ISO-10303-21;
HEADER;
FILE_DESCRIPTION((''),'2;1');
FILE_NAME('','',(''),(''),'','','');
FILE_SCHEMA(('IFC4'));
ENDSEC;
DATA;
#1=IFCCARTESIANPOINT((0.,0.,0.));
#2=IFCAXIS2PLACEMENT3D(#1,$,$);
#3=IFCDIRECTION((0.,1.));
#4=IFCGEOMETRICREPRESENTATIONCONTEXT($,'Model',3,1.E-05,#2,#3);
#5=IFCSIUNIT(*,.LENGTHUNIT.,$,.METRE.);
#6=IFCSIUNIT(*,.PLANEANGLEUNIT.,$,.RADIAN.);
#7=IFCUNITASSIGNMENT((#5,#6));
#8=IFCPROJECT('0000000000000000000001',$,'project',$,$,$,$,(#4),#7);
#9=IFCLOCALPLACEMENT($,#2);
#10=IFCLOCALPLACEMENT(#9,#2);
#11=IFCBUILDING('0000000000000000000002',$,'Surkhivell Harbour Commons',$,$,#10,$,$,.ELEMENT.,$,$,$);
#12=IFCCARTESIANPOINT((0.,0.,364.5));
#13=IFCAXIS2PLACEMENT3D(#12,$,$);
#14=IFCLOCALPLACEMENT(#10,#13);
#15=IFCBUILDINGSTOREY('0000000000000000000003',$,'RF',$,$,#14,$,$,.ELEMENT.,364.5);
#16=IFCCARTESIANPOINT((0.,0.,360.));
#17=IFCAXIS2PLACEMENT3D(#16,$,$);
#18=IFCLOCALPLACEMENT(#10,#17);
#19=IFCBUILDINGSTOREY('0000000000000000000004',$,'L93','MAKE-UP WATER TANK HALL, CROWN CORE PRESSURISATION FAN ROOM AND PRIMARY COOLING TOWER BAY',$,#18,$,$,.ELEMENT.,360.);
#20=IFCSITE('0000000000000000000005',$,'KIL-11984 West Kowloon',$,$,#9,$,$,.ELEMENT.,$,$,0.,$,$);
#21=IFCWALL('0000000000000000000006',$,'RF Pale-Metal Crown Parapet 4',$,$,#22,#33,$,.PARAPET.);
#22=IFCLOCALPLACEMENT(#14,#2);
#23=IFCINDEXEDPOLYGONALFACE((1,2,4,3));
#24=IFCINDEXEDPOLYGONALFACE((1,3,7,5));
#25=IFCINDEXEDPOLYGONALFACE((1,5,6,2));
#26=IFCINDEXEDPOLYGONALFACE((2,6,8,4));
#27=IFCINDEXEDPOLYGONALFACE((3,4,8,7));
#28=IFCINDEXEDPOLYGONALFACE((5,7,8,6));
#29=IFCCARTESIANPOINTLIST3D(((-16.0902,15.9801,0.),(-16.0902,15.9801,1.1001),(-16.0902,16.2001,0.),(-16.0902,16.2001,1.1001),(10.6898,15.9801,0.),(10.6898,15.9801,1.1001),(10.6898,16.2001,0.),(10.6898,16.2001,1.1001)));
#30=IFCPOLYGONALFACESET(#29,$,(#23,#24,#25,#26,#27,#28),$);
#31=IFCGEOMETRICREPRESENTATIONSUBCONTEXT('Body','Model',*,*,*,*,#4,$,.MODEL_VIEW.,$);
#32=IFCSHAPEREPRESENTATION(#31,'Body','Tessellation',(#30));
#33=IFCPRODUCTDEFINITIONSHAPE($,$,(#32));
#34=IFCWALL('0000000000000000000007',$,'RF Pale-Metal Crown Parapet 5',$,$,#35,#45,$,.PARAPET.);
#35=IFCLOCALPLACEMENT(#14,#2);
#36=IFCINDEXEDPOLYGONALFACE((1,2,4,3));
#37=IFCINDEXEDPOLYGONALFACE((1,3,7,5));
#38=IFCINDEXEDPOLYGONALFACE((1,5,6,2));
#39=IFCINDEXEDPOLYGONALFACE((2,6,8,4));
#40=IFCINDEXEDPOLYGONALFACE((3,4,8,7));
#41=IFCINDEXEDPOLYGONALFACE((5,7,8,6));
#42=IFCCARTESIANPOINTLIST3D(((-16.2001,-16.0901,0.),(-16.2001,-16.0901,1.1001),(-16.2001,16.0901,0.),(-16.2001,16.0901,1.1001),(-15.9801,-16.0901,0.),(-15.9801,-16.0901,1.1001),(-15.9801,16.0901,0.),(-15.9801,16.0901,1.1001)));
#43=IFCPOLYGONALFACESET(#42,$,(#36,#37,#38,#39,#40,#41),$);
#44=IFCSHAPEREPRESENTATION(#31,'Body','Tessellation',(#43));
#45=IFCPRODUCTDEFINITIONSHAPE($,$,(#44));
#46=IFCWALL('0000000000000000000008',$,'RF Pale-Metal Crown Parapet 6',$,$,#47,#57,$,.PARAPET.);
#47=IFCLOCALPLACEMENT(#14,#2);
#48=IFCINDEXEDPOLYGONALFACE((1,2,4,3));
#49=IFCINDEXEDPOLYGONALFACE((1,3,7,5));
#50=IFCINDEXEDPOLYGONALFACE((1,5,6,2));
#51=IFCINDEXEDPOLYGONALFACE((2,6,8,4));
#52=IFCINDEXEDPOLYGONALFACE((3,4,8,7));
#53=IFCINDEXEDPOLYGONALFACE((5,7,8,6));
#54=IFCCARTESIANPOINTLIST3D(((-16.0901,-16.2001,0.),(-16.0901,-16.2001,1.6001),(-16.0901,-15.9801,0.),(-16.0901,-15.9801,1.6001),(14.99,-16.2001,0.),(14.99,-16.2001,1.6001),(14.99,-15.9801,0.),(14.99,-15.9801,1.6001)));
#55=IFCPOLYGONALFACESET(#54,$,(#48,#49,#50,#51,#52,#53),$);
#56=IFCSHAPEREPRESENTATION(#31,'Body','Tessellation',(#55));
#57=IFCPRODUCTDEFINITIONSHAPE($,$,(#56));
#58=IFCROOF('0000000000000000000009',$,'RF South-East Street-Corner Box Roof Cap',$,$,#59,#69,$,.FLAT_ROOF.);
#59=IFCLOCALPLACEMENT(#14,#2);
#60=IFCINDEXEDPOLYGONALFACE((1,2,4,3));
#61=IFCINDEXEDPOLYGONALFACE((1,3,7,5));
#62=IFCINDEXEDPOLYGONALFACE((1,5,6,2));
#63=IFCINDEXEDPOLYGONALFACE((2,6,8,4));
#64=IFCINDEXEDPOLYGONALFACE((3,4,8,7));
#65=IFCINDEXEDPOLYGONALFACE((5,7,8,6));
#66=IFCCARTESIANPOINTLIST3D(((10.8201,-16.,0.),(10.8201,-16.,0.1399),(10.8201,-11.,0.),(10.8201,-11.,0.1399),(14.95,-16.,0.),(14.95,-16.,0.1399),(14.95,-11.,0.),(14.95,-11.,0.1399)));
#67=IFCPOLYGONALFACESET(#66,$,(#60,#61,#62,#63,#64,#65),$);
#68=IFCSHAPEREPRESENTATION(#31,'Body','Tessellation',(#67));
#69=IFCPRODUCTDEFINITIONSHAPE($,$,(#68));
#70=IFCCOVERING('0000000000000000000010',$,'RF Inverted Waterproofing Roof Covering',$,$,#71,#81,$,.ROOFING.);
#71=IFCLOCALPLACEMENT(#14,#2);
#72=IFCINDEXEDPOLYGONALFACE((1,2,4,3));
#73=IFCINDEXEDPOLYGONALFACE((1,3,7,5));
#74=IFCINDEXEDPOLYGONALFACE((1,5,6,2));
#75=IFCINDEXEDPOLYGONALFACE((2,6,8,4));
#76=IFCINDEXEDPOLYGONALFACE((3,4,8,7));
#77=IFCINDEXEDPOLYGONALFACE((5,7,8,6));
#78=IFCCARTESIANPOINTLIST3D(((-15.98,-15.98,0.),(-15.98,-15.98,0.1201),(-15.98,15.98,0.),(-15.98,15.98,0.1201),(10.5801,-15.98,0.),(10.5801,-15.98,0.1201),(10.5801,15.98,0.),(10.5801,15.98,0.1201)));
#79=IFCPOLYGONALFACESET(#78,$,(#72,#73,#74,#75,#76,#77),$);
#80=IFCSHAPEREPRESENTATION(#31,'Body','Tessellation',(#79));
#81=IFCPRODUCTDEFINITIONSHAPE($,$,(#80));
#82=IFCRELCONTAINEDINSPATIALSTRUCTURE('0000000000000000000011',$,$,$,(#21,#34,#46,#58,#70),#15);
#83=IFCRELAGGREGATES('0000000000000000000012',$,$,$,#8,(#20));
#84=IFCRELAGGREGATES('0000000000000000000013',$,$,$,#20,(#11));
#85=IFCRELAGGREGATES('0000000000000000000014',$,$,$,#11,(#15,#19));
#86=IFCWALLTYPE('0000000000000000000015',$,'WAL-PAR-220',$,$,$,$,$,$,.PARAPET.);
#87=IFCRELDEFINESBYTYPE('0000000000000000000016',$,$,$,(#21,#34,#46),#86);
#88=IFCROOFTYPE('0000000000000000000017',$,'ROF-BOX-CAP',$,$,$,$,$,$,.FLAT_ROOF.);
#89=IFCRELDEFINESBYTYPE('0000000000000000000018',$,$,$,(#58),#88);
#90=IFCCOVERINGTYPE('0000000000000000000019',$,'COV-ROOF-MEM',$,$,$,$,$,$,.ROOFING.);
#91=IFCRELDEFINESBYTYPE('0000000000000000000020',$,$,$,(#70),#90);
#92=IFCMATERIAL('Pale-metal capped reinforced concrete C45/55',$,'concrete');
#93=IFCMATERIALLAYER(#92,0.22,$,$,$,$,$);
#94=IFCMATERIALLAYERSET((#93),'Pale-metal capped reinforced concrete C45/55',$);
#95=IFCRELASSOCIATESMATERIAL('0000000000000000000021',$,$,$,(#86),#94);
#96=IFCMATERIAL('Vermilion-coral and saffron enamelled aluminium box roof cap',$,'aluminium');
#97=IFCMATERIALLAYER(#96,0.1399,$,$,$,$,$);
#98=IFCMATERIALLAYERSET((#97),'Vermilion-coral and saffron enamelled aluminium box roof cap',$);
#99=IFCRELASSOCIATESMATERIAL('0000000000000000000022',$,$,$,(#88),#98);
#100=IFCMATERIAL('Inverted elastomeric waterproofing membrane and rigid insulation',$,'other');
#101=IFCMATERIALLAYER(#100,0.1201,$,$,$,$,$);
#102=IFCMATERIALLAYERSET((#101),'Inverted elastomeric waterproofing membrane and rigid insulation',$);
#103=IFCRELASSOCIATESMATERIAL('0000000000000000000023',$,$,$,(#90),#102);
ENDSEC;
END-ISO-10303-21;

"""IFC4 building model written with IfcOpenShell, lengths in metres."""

from ifc_helpers import new_model, si_unit, direction, frame, frame_2d, origin, place, context, subcontext, project, spatial, polyline, rectangle, outline, extrude, material, layer, layer_set, type_object, element, save


model = new_model("IFC4")

# Units and contexts
model_context = context("Model", 3, precision=1e-05, world=origin(), true_north=direction((0.0, 1.0)))
body_context = subcontext(model_context, "Body", "Model", "MODEL_VIEW")
ifc_project = project(units=[si_unit("LENGTHUNIT", "METRE"), si_unit("PLANEANGLEUNIT", "RADIAN")], contexts=[model_context])

# Site, building, storey
site_placement = place(None, origin())
site = spatial("IfcSite", under=ifc_project, at=site_placement, Name="KIL-11984 West Kowloon", CompositionType="ELEMENT", RefElevation=0.0)
building_placement = place(site_placement, origin())
building = spatial("IfcBuilding", under=site, at=building_placement, Name="Surkhivell Harbour Commons", CompositionType="ELEMENT")
storey_1_placement = place(building_placement, frame((0.0, 0.0, 364.5)))
storey_1 = spatial("IfcBuildingStorey", under=building, at=storey_1_placement, Name="RF", CompositionType="ELEMENT", Elevation=364.5)

# Shared definitions
storey_2_placement = place(building_placement, frame((0.0, 0.0, 360.0)))
storey_2 = spatial("IfcBuildingStorey", under=building, at=storey_2_placement, Name="L93", Description="MAKE-UP WATER TANK HALL, CROWN CORE PRESSURISATION FAN ROOM AND PRIMARY COOLING TOWER BAY", CompositionType="ELEMENT", Elevation=360.0)

# Walls
ifc_material_1 = material(Name="Pale-metal capped reinforced concrete C45/55", Category="concrete")
ifc_layer_1 = layer(ifc_material_1, 0.22)
ifc_layer_set_1 = layer_set([ifc_layer_1], Name="Pale-metal capped reinforced concrete C45/55")
wall_type = type_object("IfcWallType", Name="WAL-PAR-220", PredefinedType="PARAPET", material=ifc_layer_set_1)
wall_1_placement = place(storey_1_placement, frame((10.6899, 16.0901, 0.0), z_axis=(0.0, 0.0, 1.0), x_axis=(-1.0, 0.0, 0.0)))
element("IfcWall", 1, at=wall_1_placement, inside=storey_1, type_object=wall_type, Name="RF Pale-Metal Crown Parapet 4", PredefinedType="PARAPET", context=body_context, shape_type="SweptSolid", body=[
    extrude(rectangle(XDim=26.78, YDim=0.22, at=frame_2d((13.3901, 0.0))), origin(), (0.0, 0.0, 1.0), 1.1001),
])
wall_2_placement = place(storey_1_placement, frame((-16.0901, 16.0901, 0.0), z_axis=(0.0, 0.0, 1.0), x_axis=(0.0, -1.0, 0.0)))
element("IfcWall", 2, at=wall_2_placement, inside=storey_1, type_object=wall_type, Name="RF Pale-Metal Crown Parapet 5", PredefinedType="PARAPET", context=body_context, shape_type="SweptSolid", body=[
    extrude(rectangle(XDim=32.1802, YDim=0.22, at=frame_2d((16.0901, 0.0))), origin(), (0.0, 0.0, 1.0), 1.1001),
])
wall_3_placement = place(storey_1_placement, frame((-16.0901, -16.0901, 0.0), z_axis=(0.0, 0.0, 1.0), x_axis=(1.0, 0.0, 0.0)))
element("IfcWall", 3, at=wall_3_placement, inside=storey_1, type_object=wall_type, Name="RF Pale-Metal Crown Parapet 6", PredefinedType="PARAPET", context=body_context, shape_type="SweptSolid", body=[
    extrude(rectangle(XDim=31.0801, YDim=0.22, at=frame_2d((15.54, 0.0))), origin(), (0.0, 0.0, 1.0), 1.6001),
])

# Roof
ifc_material_2 = material(Name="Vermilion-coral and saffron enamelled aluminium box roof cap", Category="aluminium")
ifc_layer_2 = layer(ifc_material_2, 0.1399)
ifc_layer_set_2 = layer_set([ifc_layer_2], Name="Vermilion-coral and saffron enamelled aluminium box roof cap")
roof_type = type_object("IfcRoofType", Name="ROF-BOX-CAP", PredefinedType="FLAT_ROOF", material=ifc_layer_set_2)
roof_placement = place(storey_1_placement, origin())
element("IfcRoof", 4, at=roof_placement, inside=storey_1, type_object=roof_type, Name="RF South-East Street-Corner Box Roof Cap", PredefinedType="FLAT_ROOF", context=body_context, shape_type="SweptSolid", body=[
    extrude(outline(polyline([(10.8201, -16.0), (14.95, -16.0), (14.95, -11.0), (10.8201, -11.0), (10.8201, -16.0)])), origin(), (0.0, 0.0, 1.0), 0.1399),
])

# Covering
ifc_material_3 = material(Name="Inverted elastomeric waterproofing membrane and rigid insulation", Category="other")
ifc_layer_3 = layer(ifc_material_3, 0.1201)
ifc_layer_set_3 = layer_set([ifc_layer_3], Name="Inverted elastomeric waterproofing membrane and rigid insulation")
covering_type = type_object("IfcCoveringType", Name="COV-ROOF-MEM", PredefinedType="ROOFING", material=ifc_layer_set_3)
covering_placement = place(storey_1_placement, origin())
element("IfcCovering", 5, at=covering_placement, inside=storey_1, type_object=covering_type, Name="RF Inverted Waterproofing Roof Covering", PredefinedType="ROOFING", context=body_context, shape_type="SweptSolid", body=[
    extrude(outline(polyline([(10.5801, -15.98), (10.5801, 15.98), (-15.98, 15.98), (-15.98, -15.98), (10.5801, -15.98)])), origin(), (0.0, 0.0, 1.0), 0.1201),
])

save(model, "model.ifc")
